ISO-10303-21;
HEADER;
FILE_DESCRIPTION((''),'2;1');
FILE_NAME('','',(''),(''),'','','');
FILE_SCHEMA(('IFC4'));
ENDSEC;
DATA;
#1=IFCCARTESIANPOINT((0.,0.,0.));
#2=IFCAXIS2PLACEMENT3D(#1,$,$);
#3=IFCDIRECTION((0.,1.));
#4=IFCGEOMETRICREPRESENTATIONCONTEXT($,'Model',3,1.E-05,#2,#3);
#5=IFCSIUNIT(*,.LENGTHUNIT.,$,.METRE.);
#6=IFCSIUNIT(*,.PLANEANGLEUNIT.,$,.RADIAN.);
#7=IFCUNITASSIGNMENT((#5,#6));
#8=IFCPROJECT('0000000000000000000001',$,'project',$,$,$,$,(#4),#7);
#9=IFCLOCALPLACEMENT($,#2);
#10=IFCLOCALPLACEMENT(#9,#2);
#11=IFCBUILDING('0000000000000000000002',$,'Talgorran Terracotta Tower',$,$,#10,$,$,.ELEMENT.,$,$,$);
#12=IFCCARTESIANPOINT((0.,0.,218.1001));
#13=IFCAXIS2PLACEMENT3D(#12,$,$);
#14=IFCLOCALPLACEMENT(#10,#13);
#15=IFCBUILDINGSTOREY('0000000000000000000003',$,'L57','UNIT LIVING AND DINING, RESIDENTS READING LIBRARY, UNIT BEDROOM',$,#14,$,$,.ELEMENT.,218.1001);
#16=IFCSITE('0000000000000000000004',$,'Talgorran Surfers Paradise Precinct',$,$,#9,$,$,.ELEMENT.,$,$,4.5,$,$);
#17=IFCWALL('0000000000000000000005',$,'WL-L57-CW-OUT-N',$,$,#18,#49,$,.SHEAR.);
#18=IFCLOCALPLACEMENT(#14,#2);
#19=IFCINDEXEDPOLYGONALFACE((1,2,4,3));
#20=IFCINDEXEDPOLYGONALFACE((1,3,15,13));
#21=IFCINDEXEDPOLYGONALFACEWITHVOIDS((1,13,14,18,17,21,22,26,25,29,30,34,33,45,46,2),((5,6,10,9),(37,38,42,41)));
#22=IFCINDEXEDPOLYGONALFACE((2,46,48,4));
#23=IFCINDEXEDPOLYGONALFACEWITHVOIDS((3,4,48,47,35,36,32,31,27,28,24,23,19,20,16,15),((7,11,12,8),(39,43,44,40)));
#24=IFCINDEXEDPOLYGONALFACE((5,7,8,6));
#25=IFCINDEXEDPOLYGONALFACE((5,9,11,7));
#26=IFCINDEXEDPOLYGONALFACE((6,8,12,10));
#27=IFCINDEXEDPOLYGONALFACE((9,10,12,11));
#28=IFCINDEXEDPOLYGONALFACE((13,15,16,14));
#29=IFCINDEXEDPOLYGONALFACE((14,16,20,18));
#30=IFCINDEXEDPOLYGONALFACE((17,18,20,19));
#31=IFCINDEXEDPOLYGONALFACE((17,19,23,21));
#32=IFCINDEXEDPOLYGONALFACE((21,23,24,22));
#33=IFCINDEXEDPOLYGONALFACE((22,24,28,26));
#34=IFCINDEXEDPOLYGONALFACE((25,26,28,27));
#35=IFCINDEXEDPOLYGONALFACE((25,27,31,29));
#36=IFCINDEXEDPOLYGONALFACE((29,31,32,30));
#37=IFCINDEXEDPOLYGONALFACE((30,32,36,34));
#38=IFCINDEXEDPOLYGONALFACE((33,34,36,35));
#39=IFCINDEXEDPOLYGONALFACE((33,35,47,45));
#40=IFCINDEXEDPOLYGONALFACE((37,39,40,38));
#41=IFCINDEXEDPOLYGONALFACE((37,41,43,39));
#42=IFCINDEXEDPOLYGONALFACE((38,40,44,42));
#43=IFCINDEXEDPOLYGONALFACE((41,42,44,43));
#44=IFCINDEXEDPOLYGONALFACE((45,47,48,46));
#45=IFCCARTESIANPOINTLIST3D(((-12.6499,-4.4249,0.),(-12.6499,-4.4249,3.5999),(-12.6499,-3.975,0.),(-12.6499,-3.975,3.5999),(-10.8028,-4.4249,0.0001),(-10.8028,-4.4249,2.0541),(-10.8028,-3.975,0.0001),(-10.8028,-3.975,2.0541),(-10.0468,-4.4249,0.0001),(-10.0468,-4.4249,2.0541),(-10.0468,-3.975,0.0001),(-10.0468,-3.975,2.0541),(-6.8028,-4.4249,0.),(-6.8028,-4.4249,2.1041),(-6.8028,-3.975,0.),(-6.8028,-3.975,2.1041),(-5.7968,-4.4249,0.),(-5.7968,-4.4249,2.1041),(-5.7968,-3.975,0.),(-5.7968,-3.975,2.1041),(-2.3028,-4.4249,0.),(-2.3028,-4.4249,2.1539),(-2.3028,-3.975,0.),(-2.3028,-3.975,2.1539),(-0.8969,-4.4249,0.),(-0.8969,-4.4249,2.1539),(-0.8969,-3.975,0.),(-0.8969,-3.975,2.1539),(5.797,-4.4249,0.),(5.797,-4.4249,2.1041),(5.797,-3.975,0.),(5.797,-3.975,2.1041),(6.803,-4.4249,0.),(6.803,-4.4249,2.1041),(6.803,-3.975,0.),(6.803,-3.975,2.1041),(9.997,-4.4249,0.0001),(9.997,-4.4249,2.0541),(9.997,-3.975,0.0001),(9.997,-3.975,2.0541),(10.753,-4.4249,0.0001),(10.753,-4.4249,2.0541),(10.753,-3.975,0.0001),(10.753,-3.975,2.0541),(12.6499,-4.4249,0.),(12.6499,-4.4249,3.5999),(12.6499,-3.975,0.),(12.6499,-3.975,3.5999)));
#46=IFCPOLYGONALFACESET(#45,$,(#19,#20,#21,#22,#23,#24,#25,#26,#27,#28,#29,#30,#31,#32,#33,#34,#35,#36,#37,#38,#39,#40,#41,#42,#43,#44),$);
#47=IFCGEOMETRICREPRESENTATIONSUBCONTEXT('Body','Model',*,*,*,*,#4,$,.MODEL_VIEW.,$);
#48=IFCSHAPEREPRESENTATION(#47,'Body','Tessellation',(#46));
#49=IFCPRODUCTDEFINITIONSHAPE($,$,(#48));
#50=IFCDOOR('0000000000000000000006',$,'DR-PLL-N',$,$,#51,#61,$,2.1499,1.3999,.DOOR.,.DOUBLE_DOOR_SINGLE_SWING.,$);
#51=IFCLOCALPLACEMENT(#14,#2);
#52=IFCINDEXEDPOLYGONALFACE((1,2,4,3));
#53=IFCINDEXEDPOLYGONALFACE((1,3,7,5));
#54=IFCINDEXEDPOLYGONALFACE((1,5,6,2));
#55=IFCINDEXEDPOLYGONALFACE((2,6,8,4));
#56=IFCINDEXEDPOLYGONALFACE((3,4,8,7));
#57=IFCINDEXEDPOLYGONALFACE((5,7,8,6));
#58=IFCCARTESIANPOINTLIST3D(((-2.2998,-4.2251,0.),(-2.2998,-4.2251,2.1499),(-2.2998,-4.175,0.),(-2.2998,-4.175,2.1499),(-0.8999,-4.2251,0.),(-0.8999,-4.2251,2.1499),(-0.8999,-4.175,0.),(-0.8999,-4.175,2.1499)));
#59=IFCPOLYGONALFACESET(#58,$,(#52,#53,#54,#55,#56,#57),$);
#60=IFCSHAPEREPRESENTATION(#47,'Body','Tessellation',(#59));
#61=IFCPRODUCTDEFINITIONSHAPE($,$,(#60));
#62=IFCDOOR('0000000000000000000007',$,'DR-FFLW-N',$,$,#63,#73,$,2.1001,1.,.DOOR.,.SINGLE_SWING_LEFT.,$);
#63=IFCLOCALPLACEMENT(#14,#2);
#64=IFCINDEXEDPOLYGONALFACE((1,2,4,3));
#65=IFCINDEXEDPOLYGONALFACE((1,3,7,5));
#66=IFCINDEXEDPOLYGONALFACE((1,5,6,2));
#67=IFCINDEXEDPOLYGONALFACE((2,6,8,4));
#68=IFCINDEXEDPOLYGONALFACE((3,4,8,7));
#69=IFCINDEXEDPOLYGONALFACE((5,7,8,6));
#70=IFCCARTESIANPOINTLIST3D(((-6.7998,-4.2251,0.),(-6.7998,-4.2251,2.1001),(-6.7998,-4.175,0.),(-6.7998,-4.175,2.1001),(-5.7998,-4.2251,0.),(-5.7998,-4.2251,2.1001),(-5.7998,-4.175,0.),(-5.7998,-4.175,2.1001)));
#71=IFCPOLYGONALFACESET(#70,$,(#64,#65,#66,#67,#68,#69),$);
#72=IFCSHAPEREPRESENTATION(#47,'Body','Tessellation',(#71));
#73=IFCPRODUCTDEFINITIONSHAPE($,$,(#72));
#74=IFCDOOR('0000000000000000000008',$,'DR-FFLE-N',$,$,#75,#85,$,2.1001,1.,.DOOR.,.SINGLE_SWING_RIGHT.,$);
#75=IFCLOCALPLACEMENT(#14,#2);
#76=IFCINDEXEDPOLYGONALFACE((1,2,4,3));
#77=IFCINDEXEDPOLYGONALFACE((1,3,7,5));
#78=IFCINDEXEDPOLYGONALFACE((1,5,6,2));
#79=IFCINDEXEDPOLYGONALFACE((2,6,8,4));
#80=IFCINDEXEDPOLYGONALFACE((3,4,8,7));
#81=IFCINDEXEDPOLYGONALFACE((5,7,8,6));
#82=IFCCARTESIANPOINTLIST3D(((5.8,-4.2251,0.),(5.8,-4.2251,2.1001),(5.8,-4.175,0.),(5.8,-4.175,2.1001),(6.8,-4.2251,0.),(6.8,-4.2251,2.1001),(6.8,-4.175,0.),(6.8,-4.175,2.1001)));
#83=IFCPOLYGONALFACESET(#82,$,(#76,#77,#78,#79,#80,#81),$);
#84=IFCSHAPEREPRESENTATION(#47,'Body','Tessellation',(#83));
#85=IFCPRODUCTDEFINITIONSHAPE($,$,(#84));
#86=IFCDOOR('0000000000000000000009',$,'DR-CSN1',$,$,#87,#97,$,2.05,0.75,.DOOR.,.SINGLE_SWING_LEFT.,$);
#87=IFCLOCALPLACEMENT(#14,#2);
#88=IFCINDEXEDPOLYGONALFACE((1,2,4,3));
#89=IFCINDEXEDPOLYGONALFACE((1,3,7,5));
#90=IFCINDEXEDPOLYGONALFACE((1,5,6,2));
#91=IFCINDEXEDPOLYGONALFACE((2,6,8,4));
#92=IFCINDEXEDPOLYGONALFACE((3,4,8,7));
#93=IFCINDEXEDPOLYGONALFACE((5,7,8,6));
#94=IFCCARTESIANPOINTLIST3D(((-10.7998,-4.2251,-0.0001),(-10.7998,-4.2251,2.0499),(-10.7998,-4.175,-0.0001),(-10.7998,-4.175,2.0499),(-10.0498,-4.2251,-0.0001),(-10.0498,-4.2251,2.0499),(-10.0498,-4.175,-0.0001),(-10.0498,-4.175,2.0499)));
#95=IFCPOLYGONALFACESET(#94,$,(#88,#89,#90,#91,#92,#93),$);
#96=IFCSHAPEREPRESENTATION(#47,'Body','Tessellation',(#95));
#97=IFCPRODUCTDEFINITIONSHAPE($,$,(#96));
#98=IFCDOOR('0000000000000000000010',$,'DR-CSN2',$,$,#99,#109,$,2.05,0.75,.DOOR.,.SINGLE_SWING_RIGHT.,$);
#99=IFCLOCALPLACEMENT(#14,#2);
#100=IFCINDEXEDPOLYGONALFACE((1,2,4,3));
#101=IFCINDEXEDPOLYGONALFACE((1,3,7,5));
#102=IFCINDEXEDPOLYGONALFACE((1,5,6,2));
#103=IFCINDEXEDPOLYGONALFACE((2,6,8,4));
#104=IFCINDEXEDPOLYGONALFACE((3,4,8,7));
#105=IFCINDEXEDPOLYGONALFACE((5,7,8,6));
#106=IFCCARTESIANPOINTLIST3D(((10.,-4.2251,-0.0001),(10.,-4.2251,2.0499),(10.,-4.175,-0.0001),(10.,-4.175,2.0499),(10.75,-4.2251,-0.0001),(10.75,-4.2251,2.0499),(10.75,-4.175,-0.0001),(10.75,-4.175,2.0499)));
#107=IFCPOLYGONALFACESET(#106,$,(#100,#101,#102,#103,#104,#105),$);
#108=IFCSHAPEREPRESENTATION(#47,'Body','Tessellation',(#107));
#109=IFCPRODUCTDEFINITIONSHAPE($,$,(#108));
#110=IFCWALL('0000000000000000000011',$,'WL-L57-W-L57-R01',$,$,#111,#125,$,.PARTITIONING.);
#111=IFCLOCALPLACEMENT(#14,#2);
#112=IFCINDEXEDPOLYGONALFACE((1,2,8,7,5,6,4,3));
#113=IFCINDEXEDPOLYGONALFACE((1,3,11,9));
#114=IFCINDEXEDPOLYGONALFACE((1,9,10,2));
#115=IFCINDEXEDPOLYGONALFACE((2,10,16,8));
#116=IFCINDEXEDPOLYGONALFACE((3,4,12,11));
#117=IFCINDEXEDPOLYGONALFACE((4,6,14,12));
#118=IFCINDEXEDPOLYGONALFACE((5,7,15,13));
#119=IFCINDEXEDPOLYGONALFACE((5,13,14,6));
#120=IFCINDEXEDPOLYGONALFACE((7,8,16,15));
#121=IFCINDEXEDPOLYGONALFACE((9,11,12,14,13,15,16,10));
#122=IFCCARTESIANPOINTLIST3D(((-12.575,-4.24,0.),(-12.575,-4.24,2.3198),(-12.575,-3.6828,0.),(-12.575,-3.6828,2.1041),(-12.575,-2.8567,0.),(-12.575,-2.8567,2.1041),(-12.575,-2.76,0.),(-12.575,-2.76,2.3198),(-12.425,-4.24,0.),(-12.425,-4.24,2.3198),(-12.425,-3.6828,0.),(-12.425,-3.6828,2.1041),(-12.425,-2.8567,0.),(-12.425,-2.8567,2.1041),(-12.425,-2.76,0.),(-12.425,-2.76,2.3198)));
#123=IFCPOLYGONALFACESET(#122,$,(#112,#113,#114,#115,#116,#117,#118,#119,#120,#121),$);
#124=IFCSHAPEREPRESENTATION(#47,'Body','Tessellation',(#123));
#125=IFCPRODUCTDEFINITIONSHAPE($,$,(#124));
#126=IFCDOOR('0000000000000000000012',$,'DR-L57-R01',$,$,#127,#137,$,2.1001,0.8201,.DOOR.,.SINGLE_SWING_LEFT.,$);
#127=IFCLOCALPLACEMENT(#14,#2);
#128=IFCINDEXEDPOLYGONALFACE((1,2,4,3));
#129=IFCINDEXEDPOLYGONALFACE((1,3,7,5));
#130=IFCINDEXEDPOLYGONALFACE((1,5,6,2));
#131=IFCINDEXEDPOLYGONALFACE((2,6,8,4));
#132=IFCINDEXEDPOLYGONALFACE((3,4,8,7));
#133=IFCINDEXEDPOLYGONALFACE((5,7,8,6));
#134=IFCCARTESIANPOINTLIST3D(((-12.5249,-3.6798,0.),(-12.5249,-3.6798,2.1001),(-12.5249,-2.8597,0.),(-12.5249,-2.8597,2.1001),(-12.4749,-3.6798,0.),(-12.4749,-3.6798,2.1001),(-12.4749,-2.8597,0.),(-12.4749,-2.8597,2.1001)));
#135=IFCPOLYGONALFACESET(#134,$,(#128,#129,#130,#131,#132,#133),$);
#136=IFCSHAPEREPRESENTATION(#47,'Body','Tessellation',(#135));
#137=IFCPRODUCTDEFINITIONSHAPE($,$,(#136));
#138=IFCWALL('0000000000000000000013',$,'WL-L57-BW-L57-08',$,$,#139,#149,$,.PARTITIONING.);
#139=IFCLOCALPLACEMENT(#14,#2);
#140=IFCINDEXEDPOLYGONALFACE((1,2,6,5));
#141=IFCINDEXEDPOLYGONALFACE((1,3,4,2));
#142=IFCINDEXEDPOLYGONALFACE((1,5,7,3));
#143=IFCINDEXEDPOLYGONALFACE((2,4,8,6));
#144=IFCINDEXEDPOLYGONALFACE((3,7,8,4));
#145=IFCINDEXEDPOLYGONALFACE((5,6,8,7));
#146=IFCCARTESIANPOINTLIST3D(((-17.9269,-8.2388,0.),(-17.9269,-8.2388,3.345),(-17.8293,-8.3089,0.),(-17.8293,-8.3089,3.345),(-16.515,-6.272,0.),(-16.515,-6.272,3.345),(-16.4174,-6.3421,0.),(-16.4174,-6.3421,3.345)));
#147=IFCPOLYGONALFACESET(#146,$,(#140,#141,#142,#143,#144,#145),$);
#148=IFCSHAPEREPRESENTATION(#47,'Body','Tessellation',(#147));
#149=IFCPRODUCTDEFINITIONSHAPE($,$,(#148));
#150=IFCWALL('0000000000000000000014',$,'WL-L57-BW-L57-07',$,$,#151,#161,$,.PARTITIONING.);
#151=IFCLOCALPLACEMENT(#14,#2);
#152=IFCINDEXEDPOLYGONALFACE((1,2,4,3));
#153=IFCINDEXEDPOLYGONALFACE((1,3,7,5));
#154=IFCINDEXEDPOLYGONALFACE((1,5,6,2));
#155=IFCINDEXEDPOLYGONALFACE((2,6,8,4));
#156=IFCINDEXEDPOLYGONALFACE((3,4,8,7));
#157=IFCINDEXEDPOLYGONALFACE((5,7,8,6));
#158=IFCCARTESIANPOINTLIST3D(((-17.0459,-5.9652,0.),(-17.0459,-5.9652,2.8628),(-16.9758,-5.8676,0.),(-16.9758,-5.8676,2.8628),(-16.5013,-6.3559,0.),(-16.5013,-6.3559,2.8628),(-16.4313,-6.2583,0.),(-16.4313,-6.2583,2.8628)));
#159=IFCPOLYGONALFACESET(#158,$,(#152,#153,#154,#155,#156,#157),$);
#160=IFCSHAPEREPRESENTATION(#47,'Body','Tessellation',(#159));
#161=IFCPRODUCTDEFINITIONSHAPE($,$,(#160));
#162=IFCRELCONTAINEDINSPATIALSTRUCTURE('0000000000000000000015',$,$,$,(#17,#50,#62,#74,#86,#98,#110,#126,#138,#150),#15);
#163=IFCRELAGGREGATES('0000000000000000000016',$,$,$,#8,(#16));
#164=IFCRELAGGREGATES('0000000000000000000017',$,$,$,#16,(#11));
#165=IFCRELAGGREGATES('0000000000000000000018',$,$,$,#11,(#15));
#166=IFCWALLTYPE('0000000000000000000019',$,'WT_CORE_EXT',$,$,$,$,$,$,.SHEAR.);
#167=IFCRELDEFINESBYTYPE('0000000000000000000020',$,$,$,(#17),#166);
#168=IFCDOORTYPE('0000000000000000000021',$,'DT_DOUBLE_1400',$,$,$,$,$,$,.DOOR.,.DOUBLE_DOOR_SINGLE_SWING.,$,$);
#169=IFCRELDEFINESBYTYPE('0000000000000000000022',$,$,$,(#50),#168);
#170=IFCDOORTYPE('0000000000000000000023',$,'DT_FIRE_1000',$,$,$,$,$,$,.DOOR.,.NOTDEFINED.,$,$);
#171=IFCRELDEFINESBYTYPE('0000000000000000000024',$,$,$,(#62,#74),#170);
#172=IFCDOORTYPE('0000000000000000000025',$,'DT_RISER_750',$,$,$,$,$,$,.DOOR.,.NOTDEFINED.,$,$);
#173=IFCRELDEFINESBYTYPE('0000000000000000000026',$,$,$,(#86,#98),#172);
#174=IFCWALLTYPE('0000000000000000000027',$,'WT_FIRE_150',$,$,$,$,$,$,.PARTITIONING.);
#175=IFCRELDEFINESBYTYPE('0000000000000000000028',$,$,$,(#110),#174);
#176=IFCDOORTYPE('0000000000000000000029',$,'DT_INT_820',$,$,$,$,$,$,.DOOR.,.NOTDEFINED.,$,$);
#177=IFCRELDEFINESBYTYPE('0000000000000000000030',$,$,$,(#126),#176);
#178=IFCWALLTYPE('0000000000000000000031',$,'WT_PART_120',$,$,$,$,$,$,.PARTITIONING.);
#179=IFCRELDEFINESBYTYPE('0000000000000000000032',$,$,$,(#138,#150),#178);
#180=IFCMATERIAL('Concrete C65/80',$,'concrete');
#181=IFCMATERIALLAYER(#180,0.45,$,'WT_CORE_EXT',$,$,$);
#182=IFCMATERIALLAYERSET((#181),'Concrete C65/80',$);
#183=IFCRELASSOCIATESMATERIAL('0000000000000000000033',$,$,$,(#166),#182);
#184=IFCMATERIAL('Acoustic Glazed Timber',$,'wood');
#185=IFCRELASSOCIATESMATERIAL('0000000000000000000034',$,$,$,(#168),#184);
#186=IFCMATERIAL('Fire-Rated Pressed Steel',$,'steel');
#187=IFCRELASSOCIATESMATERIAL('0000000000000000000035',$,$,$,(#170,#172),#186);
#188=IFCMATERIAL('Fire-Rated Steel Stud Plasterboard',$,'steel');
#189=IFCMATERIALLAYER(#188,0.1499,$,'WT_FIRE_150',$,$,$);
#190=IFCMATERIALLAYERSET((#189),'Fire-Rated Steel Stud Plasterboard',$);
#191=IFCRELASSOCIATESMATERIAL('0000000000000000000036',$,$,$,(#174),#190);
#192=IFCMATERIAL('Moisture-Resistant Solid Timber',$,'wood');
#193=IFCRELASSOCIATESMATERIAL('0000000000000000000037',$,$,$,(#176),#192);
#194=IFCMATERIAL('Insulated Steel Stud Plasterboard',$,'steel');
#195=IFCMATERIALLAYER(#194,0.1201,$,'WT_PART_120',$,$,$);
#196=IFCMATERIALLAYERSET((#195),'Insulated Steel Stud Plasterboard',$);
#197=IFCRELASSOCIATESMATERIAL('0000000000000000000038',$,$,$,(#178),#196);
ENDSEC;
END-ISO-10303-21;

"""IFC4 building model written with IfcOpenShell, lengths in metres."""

from ifc_helpers import new_model, si_unit, direction, frame, frame_2d, origin, place, context, subcontext, project, spatial, rectangle, extrude, material, layer, layer_set, type_object, element, fill, save


model = new_model("IFC4")

# Units and contexts
model_context = context("Model", 3, precision=1e-05, world=origin(), true_north=direction((0.0, 1.0)))
body_context = subcontext(model_context, "Body", "Model", "MODEL_VIEW")
ifc_project = project(units=[si_unit("LENGTHUNIT", "METRE"), si_unit("PLANEANGLEUNIT", "RADIAN")], contexts=[model_context])

# Site, building, storey
site_placement = place(None, origin())
site = spatial("IfcSite", under=ifc_project, at=site_placement, Name="Talgorran Surfers Paradise Precinct", CompositionType="ELEMENT", RefElevation=4.5)
building_placement = place(site_placement, origin())
building = spatial("IfcBuilding", under=site, at=building_placement, Name="Talgorran Terracotta Tower", CompositionType="ELEMENT")
storey_placement = place(building_placement, frame((0.0, 0.0, 218.1001)))
storey = spatial("IfcBuildingStorey", under=building, at=storey_placement, Name="L57", Description="UNIT LIVING AND DINING, RESIDENTS READING LIBRARY, UNIT BEDROOM", CompositionType="ELEMENT", Elevation=218.1001)

# Wall, openings, doors
ifc_material_1 = material(Name="Concrete C65/80", Category="concrete")
ifc_layer_1 = layer(ifc_material_1, 0.45, Name="WT_CORE_EXT")
ifc_layer_set_1 = layer_set([ifc_layer_1], Name="Concrete C65/80")
wall_type_1 = type_object("IfcWallType", Name="WT_CORE_EXT", PredefinedType="SHEAR", material=ifc_layer_set_1)
wall_1_placement = place(storey_placement, frame((-12.6499, -4.2, 0.0), z_axis=(0.0, 0.0, 1.0), x_axis=(1.0, 0.0, 0.0)))
wall_1 = element("IfcWall", 1, at=wall_1_placement, inside=storey, type_object=wall_type_1, Name="WL-L57-CW-OUT-N", PredefinedType="SHEAR", context=body_context, shape_type="SweptSolid", body=[
    extrude(rectangle(XDim=25.2998, YDim=0.45, at=frame_2d((12.6499, 0.0))), origin(), (0.0, 0.0, 1.0), 3.5999),
])
opening_1_placement = place(wall_1_placement, frame((1.8501, 0.0, 0.0)))
opening_1 = element("IfcOpeningElement", 2, at=opening_1_placement, cuts=wall_1, PredefinedType="OPENING", context=body_context, shape_type="SweptSolid", body=[
    extrude(rectangle(XDim=0.756, YDim=2.054, at=frame_2d((0.375, 1.0271))), frame((0.0, 0.2349, 0.0), z_axis=(0.0, -1.0, 0.0), x_axis=(1.0, 0.0, 0.0)), (0.0, 0.0, 1.0), 0.47),
])
opening_2_placement = place(wall_1_placement, frame((22.6499, 0.0, 0.0)))
opening_2 = element("IfcOpeningElement", 3, at=opening_2_placement, cuts=wall_1, PredefinedType="OPENING", context=body_context, shape_type="SweptSolid", body=[
    extrude(rectangle(XDim=0.756, YDim=2.054, at=frame_2d((0.375, 1.0271))), frame((0.0, 0.2349, 0.0), z_axis=(0.0, -1.0, 0.0), x_axis=(1.0, 0.0, 0.0)), (0.0, 0.0, 1.0), 0.47),
])
opening_3_placement = place(wall_1_placement, frame((5.8501, 0.0, 0.0)))
opening_3 = element("IfcOpeningElement", 4, at=opening_3_placement, cuts=wall_1, PredefinedType="OPENING", context=body_context, shape_type="SweptSolid", body=[
    extrude(rectangle(XDim=1.006, YDim=2.1041, at=frame_2d((0.5, 1.052))), frame((0.0, 0.2349, 0.0), z_axis=(0.0, -1.0, 0.0), x_axis=(1.0, 0.0, 0.0)), (0.0, 0.0, 1.0), 0.47),
])
opening_4_placement = place(wall_1_placement, frame((10.3501, 0.0, 0.0)))
opening_4 = element("IfcOpeningElement", 5, at=opening_4_placement, cuts=wall_1, PredefinedType="OPENING", context=body_context, shape_type="SweptSolid", body=[
    extrude(rectangle(XDim=1.4059, YDim=2.1539, at=frame_2d((0.7, 1.0769))), frame((0.0, 0.2349, 0.0), z_axis=(0.0, -1.0, 0.0), x_axis=(1.0, 0.0, 0.0)), (0.0, 0.0, 1.0), 0.47),
])
opening_5_placement = place(wall_1_placement, frame((18.45, 0.0, 0.0)))
opening_5 = element("IfcOpeningElement", 6, at=opening_5_placement, cuts=wall_1, PredefinedType="OPENING", context=body_context, shape_type="SweptSolid", body=[
    extrude(rectangle(XDim=1.006, YDim=2.1041, at=frame_2d((0.5, 1.052))), frame((0.0, 0.2349, 0.0), z_axis=(0.0, -1.0, 0.0), x_axis=(1.0, 0.0, 0.0)), (0.0, 0.0, 1.0), 0.47),
])
ifc_material_2 = material(Name="Acoustic Glazed Timber", Category="wood")
door_type_1 = type_object("IfcDoorType", Name="DT_DOUBLE_1400", OperationType="DOUBLE_DOOR_SINGLE_SWING", PredefinedType="DOOR", material=ifc_material_2)
door_1_placement = place(opening_4_placement, origin())
door_1 = element("IfcDoor", 7, at=door_1_placement, inside=storey, type_object=door_type_1, Name="DR-PLL-N", OperationType="DOUBLE_DOOR_SINGLE_SWING", OverallHeight=2.1499, OverallWidth=1.3999, PredefinedType="DOOR", context=body_context, shape_type="SweptSolid", body=[
    extrude(rectangle(XDim=1.3999, YDim=2.1499, at=frame_2d((0.7, 1.075))), frame((0.0, 0.0249, 0.0), z_axis=(0.0, -1.0, 0.0), x_axis=(1.0, 0.0, 0.0)), (0.0, 0.0, 1.0), 0.05),
])
fill(opening_4, door_1)
ifc_material_3 = material(Name="Fire-Rated Pressed Steel", Category="steel")
door_type_2 = type_object("IfcDoorType", Name="DT_FIRE_1000", OperationType="NOTDEFINED", PredefinedType="DOOR", material=ifc_material_3)
door_2_placement = place(opening_3_placement, origin())
door_2 = element("IfcDoor", 8, at=door_2_placement, inside=storey, type_object=door_type_2, Name="DR-FFLW-N", OperationType="SINGLE_SWING_LEFT", OverallHeight=2.1001, OverallWidth=1.0, PredefinedType="DOOR", context=body_context, shape_type="SweptSolid", body=[
    extrude(rectangle(XDim=1.0, YDim=2.1001, at=frame_2d((0.5, 1.05))), frame((0.0, 0.0249, 0.0), z_axis=(0.0, -1.0, 0.0), x_axis=(1.0, 0.0, 0.0)), (0.0, 0.0, 1.0), 0.05),
])
fill(opening_3, door_2)
door_3_placement = place(opening_5_placement, origin())
door_3 = element("IfcDoor", 9, at=door_3_placement, inside=storey, type_object=door_type_2, Name="DR-FFLE-N", OperationType="SINGLE_SWING_RIGHT", OverallHeight=2.1001, OverallWidth=1.0, PredefinedType="DOOR", context=body_context, shape_type="SweptSolid", body=[
    extrude(rectangle(XDim=1.0, YDim=2.1001, at=frame_2d((0.5, 1.05))), frame((0.0, 0.0249, 0.0), z_axis=(0.0, -1.0, 0.0), x_axis=(1.0, 0.0, 0.0)), (0.0, 0.0, 1.0), 0.05),
])
fill(opening_5, door_3)
door_type_3 = type_object("IfcDoorType", Name="DT_RISER_750", OperationType="NOTDEFINED", PredefinedType="DOOR", material=ifc_material_3)
door_4_placement = place(opening_1_placement, origin())
door_4 = element("IfcDoor", 10, at=door_4_placement, inside=storey, type_object=door_type_3, Name="DR-CSN1", OperationType="SINGLE_SWING_LEFT", OverallHeight=2.05, OverallWidth=0.75, PredefinedType="DOOR", context=body_context, shape_type="SweptSolid", body=[
    extrude(rectangle(XDim=0.75, YDim=2.05, at=frame_2d((0.375, 1.0249))), frame((0.0, 0.0249, 0.0), z_axis=(0.0, -1.0, 0.0), x_axis=(1.0, 0.0, 0.0)), (0.0, 0.0, 1.0), 0.05),
])
fill(opening_1, door_4)
door_5_placement = place(opening_2_placement, origin())
door_5 = element("IfcDoor", 11, at=door_5_placement, inside=storey, type_object=door_type_3, Name="DR-CSN2", OperationType="SINGLE_SWING_RIGHT", OverallHeight=2.05, OverallWidth=0.75, PredefinedType="DOOR", context=body_context, shape_type="SweptSolid", body=[
    extrude(rectangle(XDim=0.75, YDim=2.05, at=frame_2d((0.375, 1.0249))), frame((0.0, 0.0249, 0.0), z_axis=(0.0, -1.0, 0.0), x_axis=(1.0, 0.0, 0.0)), (0.0, 0.0, 1.0), 0.05),
])
fill(opening_2, door_5)

# Wall, opening, door
ifc_material_4 = material(Name="Fire-Rated Steel Stud Plasterboard", Category="steel")
ifc_layer_2 = layer(ifc_material_4, 0.1499, Name="WT_FIRE_150")
ifc_layer_set_2 = layer_set([ifc_layer_2], Name="Fire-Rated Steel Stud Plasterboard")
wall_type_2 = type_object("IfcWallType", Name="WT_FIRE_150", PredefinedType="PARTITIONING", material=ifc_layer_set_2)
wall_2_placement = place(storey_placement, frame((-12.5, -4.24, 0.0), z_axis=(0.0, 0.0, 1.0), x_axis=(0.0, 1.0, 0.0)))
wall_2 = element("IfcWall", 12, at=wall_2_placement, inside=storey, type_object=wall_type_2, Name="WL-L57-W-L57-R01", PredefinedType="PARTITIONING", context=body_context, shape_type="SweptSolid", body=[
    extrude(rectangle(XDim=1.48, YDim=0.1499, at=frame_2d((0.74, 0.0))), origin(), (0.0, 0.0, 1.0), 2.3198),
])
opening_6_placement = place(wall_2_placement, frame((0.5601, 0.0, 0.0)))
opening_6 = element("IfcOpeningElement", 13, at=opening_6_placement, cuts=wall_2, PredefinedType="OPENING", context=body_context, shape_type="SweptSolid", body=[
    extrude(rectangle(XDim=0.8261, YDim=2.1041, at=frame_2d((0.4102, 1.052))), frame((0.0, 0.085, 0.0), z_axis=(0.0, -1.0, 0.0), x_axis=(1.0, 0.0, 0.0)), (0.0, 0.0, 1.0), 0.1699),
])
ifc_material_5 = material(Name="Moisture-Resistant Solid Timber", Category="wood")
door_type_4 = type_object("IfcDoorType", Name="DT_INT_820", OperationType="NOTDEFINED", PredefinedType="DOOR", material=ifc_material_5)
door_6_placement = place(opening_6_placement, origin())
door_6 = element("IfcDoor", 14, at=door_6_placement, inside=storey, type_object=door_type_4, Name="DR-L57-R01", OperationType="SINGLE_SWING_LEFT", OverallHeight=2.1001, OverallWidth=0.8201, PredefinedType="DOOR", context=body_context, shape_type="SweptSolid", body=[
    extrude(rectangle(XDim=0.8201, YDim=2.1001, at=frame_2d((0.4102, 1.05))), frame((0.0, 0.0249, 0.0), z_axis=(0.0, -1.0, 0.0), x_axis=(1.0, 0.0, 0.0)), (0.0, 0.0, 1.0), 0.05),
])
fill(opening_6, door_6)

# Walls
ifc_material_6 = material(Name="Insulated Steel Stud Plasterboard", Category="steel")
ifc_layer_3 = layer(ifc_material_6, 0.1201, Name="WT_PART_120")
ifc_layer_set_3 = layer_set([ifc_layer_3], Name="Insulated Steel Stud Plasterboard")
wall_type_3 = type_object("IfcWallType", Name="WT_PART_120", PredefinedType="PARTITIONING", material=ifc_layer_set_3)
wall_3_placement = place(storey_placement, frame((-16.4663, -6.3071, 0.0), z_axis=(0.0, 0.0, 1.0), x_axis=(-0.583154, -0.812362, 0.0)))
element("IfcWall", 15, at=wall_3_placement, inside=storey, type_object=wall_type_3, Name="WL-L57-BW-L57-08", PredefinedType="PARTITIONING", context=body_context, shape_type="SweptSolid", body=[
    extrude(rectangle(XDim=2.4211, YDim=0.1201, at=frame_2d((1.2104, 0.0))), origin(), (0.0, 0.0, 1.0), 3.345),
])
wall_4_placement = place(storey_placement, frame((-17.0107, -5.9165, 0.0), z_axis=(0.0, 0.0, 1.0), x_axis=(0.812501, -0.58296, 0.0)))
element("IfcWall", 16, at=wall_4_placement, inside=storey, type_object=wall_type_3, Name="WL-L57-BW-L57-07", PredefinedType="PARTITIONING", context=body_context, shape_type="SweptSolid", body=[
    extrude(rectangle(XDim=0.6702, YDim=0.1201, at=frame_2d((0.335, 0.0))), origin(), (0.0, 0.0, 1.0), 2.8628),
])

save(model, "model.ifc")
